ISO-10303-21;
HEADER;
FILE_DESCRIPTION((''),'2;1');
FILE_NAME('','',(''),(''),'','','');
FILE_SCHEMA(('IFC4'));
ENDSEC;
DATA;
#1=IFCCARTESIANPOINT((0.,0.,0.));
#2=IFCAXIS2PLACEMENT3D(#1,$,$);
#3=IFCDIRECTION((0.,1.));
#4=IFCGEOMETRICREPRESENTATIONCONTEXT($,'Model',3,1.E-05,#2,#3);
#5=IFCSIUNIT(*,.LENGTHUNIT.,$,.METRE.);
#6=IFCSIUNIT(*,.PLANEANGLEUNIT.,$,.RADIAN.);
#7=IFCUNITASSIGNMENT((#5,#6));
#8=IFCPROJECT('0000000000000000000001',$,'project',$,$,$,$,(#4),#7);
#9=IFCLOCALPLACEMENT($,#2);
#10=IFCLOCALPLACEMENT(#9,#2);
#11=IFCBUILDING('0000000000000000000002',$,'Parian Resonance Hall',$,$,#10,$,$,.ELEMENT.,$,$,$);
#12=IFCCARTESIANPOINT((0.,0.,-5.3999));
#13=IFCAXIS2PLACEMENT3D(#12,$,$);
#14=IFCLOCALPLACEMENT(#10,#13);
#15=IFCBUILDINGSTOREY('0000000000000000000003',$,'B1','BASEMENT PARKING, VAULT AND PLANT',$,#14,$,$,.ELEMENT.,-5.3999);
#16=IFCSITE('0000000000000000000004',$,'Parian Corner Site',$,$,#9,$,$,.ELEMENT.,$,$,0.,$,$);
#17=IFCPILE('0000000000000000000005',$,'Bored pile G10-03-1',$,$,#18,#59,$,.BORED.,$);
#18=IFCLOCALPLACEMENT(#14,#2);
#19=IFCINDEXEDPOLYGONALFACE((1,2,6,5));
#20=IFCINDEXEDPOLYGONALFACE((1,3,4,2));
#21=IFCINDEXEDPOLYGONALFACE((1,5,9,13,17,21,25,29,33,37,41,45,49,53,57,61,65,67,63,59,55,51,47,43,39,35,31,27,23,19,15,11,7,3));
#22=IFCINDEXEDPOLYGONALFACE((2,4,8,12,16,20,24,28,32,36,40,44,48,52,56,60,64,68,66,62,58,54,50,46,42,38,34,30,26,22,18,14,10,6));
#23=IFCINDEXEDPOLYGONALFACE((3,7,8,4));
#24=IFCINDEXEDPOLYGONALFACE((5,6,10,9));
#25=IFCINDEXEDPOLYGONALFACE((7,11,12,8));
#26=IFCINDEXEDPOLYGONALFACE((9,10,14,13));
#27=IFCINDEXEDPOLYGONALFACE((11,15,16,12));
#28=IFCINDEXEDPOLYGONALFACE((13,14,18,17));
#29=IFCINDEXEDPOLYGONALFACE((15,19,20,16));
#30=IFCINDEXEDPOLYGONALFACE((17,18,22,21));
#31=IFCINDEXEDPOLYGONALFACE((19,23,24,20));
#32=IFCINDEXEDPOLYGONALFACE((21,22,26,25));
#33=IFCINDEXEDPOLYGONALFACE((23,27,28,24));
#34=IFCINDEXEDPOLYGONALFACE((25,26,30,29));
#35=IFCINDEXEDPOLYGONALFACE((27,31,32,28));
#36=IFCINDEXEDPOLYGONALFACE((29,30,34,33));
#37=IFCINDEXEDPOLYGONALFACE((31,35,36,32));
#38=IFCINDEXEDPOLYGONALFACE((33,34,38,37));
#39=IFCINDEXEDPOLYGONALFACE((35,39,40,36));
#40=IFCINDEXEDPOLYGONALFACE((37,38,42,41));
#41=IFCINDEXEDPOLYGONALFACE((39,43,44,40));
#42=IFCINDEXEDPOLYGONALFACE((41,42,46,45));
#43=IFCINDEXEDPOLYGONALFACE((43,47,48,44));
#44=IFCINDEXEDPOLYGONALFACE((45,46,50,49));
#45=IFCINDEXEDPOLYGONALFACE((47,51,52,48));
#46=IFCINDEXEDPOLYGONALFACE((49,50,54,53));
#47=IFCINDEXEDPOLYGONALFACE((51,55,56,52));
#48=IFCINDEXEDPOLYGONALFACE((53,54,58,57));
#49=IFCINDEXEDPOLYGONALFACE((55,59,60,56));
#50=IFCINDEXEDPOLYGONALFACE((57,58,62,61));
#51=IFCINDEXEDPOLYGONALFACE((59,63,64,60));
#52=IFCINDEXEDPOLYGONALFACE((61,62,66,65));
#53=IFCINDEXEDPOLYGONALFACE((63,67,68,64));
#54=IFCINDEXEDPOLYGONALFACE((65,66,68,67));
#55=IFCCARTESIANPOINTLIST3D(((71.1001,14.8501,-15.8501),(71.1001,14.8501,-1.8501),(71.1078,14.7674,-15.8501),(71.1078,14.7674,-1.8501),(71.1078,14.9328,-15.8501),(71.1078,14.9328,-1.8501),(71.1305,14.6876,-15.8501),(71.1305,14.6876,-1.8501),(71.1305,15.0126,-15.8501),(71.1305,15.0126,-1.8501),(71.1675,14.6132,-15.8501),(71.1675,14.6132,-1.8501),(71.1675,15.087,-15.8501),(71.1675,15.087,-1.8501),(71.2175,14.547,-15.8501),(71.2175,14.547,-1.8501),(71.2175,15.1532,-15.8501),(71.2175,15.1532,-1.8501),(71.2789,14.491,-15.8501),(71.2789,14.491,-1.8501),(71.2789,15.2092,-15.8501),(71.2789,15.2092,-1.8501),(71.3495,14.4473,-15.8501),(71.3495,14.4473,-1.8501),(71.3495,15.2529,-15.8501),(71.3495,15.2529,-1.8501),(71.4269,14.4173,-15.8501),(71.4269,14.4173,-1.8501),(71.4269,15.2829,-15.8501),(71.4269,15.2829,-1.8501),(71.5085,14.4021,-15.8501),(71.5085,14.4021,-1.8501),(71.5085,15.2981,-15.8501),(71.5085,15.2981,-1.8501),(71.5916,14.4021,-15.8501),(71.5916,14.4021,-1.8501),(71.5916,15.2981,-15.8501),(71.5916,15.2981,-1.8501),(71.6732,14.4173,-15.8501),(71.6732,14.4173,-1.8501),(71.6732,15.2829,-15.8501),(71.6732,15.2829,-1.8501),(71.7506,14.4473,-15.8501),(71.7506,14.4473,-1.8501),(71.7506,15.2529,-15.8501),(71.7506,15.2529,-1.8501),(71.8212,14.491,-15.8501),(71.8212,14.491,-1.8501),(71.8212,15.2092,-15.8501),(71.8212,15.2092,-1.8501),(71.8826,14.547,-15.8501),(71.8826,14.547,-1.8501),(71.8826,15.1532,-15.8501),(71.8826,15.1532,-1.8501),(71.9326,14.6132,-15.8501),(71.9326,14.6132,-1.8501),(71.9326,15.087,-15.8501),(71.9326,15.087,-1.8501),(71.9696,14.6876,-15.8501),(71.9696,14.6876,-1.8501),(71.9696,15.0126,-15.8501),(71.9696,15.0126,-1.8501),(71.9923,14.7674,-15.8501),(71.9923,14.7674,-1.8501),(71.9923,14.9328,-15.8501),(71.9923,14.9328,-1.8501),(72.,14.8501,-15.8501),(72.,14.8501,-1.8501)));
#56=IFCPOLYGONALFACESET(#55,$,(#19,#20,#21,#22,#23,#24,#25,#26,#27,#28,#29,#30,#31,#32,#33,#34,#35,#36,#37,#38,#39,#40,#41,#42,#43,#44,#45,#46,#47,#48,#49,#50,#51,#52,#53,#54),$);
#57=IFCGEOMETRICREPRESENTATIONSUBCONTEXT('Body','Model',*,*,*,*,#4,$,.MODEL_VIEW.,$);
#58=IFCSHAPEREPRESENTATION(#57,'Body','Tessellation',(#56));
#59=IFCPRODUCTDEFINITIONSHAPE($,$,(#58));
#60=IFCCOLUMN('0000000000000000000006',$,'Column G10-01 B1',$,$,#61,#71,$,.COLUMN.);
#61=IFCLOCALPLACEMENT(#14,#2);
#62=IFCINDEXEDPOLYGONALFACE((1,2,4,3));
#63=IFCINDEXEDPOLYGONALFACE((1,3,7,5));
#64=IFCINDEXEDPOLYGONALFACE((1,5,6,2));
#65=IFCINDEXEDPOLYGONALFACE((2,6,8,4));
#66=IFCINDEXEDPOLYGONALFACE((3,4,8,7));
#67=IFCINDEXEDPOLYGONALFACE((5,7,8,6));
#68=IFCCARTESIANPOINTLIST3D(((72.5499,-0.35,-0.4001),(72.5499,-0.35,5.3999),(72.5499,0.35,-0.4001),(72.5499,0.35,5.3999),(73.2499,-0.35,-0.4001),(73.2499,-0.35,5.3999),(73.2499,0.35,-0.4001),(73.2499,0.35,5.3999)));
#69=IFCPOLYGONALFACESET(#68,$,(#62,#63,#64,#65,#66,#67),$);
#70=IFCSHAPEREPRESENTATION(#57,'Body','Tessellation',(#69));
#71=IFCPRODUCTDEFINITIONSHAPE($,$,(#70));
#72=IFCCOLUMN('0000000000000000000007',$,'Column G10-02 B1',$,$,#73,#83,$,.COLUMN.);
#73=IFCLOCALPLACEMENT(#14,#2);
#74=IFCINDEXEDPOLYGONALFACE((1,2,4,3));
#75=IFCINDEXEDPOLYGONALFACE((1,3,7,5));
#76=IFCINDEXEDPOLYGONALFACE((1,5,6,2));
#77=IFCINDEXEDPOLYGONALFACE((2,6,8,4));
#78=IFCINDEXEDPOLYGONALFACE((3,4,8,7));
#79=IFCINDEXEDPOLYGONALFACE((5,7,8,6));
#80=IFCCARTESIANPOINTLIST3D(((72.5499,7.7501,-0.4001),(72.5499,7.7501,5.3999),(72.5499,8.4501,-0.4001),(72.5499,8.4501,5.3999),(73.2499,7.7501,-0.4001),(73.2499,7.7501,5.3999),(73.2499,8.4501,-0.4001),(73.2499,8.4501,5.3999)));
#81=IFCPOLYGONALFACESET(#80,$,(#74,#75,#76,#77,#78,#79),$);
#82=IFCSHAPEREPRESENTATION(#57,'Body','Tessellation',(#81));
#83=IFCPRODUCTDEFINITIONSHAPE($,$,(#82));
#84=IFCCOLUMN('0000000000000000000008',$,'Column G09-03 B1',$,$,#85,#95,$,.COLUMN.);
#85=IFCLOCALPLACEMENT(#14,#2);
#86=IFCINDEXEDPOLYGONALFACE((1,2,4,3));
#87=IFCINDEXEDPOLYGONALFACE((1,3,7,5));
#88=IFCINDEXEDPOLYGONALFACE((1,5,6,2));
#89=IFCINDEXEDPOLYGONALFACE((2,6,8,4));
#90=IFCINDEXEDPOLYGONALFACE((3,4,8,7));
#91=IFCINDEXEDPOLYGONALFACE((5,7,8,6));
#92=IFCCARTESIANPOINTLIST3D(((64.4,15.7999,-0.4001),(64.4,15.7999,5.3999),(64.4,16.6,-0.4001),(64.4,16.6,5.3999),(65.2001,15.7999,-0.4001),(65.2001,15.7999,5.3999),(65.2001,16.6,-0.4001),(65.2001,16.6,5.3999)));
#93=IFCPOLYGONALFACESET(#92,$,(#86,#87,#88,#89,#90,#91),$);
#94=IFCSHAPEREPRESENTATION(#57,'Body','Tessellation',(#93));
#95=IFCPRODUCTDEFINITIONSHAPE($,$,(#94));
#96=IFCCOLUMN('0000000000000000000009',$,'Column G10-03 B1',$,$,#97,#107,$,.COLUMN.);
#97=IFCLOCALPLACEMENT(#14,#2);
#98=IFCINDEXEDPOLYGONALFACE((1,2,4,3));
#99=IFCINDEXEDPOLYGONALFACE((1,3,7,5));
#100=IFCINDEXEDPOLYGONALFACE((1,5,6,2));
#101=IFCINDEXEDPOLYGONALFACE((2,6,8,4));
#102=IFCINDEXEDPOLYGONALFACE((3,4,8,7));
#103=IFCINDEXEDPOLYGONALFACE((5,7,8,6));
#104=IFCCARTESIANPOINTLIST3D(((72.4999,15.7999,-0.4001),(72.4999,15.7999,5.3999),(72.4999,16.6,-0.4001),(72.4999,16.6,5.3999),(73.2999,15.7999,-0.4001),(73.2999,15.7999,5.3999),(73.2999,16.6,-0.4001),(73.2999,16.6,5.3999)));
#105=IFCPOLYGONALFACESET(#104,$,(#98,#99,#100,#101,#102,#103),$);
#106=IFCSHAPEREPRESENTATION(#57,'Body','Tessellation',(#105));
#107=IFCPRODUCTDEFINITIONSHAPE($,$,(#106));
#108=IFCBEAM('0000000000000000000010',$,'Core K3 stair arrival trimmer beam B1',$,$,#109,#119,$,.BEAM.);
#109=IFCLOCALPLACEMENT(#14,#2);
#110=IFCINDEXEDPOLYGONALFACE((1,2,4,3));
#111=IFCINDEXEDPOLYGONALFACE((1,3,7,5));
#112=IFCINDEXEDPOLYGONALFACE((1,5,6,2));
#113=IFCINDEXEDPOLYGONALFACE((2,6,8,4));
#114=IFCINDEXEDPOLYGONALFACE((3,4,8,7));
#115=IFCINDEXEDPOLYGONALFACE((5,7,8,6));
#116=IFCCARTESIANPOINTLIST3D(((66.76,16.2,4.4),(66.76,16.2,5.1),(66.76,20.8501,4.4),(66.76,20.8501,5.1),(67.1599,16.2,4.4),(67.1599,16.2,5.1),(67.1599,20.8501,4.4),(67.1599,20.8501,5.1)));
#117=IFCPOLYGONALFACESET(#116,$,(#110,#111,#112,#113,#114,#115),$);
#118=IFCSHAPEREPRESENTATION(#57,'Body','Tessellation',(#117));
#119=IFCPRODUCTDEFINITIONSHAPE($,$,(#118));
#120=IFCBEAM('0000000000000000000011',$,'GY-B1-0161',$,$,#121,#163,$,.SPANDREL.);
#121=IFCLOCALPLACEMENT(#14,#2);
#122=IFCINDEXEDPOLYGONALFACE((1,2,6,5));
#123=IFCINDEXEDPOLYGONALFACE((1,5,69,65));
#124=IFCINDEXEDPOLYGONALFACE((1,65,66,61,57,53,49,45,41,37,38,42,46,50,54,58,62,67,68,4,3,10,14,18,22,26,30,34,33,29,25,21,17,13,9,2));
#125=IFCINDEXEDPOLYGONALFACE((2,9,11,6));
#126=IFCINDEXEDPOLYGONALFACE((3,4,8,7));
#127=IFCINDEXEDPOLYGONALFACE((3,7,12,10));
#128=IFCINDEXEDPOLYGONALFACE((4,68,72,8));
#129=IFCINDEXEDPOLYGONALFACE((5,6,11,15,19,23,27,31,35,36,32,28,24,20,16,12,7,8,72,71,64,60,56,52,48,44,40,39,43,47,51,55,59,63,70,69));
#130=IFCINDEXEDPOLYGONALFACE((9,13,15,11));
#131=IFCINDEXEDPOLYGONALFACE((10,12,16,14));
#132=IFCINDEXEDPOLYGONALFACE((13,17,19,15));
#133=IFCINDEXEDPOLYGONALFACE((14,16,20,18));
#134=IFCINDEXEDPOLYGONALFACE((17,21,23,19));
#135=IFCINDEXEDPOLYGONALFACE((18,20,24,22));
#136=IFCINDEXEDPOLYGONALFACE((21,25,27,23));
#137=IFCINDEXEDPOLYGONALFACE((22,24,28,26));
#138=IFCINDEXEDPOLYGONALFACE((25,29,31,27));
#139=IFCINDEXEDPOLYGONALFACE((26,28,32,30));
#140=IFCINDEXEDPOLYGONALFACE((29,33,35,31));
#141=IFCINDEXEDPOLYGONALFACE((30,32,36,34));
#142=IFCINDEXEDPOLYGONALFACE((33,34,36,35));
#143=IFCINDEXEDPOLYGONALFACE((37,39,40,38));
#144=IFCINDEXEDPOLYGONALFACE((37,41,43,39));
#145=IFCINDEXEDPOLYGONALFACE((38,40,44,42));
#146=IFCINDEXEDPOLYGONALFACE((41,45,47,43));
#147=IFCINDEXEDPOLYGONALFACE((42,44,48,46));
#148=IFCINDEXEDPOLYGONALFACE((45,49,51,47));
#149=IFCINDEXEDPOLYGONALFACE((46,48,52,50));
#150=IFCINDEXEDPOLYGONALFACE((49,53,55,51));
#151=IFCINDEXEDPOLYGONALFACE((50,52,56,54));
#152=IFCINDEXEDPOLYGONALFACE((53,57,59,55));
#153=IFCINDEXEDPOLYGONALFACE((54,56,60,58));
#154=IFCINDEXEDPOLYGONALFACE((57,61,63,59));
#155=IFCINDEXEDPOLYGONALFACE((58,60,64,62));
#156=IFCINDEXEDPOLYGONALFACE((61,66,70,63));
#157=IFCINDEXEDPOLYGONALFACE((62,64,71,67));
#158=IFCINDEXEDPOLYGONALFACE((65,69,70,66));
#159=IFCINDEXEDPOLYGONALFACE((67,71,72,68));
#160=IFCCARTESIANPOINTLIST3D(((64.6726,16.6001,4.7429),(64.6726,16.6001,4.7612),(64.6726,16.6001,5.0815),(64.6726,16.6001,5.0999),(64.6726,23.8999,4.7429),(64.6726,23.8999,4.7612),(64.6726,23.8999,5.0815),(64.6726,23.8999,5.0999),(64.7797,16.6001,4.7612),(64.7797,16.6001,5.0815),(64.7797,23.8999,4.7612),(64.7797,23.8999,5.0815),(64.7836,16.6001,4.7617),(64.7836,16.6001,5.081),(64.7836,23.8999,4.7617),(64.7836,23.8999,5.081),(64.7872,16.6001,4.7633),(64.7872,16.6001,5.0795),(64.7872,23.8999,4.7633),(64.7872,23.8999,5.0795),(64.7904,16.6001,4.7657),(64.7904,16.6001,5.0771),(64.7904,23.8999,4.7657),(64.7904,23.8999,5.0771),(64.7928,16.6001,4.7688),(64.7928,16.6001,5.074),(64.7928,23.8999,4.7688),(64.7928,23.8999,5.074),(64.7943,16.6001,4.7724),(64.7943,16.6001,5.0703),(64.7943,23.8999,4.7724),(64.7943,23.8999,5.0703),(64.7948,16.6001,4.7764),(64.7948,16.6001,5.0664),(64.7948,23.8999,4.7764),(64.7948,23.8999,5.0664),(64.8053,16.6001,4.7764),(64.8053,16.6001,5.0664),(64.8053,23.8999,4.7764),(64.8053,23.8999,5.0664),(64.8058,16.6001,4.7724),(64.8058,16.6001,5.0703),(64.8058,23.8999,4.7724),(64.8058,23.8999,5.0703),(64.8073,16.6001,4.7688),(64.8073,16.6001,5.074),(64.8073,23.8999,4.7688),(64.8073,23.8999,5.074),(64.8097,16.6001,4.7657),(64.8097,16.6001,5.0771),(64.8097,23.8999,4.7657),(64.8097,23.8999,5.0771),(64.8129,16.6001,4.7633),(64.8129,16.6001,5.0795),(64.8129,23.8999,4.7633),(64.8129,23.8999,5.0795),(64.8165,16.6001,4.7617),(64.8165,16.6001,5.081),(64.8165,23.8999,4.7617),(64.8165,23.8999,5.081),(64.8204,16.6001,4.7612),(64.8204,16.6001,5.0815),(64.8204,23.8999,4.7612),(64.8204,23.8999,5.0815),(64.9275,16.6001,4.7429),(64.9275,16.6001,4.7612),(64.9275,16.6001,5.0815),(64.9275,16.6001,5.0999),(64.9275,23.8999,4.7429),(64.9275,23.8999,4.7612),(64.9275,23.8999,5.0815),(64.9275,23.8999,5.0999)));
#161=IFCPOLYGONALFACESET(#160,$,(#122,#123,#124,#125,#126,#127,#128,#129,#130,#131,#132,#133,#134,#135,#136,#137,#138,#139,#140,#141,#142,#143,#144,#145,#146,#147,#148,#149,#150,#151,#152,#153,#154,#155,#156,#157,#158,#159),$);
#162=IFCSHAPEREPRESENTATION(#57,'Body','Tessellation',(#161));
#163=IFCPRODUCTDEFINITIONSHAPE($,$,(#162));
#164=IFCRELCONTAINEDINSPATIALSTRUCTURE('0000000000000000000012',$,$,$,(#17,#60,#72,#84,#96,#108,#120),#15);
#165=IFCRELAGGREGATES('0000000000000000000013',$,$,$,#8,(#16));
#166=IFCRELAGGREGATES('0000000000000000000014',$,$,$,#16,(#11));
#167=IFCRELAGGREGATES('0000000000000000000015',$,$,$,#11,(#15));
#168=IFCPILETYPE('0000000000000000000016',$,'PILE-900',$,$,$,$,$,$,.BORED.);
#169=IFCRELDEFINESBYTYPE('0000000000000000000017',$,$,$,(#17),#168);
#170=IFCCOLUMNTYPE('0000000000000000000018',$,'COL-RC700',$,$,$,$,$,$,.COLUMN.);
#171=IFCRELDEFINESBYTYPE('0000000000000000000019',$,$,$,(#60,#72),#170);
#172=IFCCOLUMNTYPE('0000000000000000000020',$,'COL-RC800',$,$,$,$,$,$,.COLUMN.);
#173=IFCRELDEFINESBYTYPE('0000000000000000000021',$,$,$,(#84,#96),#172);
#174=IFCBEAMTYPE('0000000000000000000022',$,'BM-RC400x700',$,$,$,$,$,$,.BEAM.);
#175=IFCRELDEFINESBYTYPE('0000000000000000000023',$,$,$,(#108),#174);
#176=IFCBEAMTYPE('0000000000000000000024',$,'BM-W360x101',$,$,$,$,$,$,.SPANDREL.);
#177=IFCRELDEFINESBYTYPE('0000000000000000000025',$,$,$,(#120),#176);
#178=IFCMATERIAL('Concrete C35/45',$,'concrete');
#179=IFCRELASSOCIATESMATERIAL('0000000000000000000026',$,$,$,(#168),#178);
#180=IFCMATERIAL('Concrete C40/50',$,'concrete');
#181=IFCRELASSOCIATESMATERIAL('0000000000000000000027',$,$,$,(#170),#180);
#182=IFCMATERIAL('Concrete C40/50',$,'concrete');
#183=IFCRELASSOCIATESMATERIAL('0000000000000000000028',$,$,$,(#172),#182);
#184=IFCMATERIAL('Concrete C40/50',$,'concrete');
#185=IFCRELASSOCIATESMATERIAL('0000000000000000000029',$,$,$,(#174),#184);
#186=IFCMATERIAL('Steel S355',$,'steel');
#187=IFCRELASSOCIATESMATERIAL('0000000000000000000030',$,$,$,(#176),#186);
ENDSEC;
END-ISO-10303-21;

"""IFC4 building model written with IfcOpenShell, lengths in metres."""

from ifc_helpers import new_model, si_unit, direction, frame, origin, origin_2d, place, context, subcontext, project, spatial, rectangle, circle, i_section, extrude, material, material_profile, profile_set, type_object, element, save


model = new_model("IFC4")

# Units and contexts
model_context = context("Model", 3, precision=1e-05, world=origin(), true_north=direction((0.0, 1.0)))
body_context = subcontext(model_context, "Body", "Model", "MODEL_VIEW")
ifc_project = project(units=[si_unit("LENGTHUNIT", "METRE"), si_unit("PLANEANGLEUNIT", "RADIAN")], contexts=[model_context])

# Site, building, storey
site_placement = place(None, origin())
site = spatial("IfcSite", under=ifc_project, at=site_placement, Name="Parian Corner Site", CompositionType="ELEMENT", RefElevation=0.0)
building_placement = place(site_placement, origin())
building = spatial("IfcBuilding", under=site, at=building_placement, Name="Parian Resonance Hall", CompositionType="ELEMENT")
storey_placement = place(building_placement, frame((0.0, 0.0, -5.3999)))
storey = spatial("IfcBuildingStorey", under=building, at=storey_placement, Name="B1", Description="BASEMENT PARKING, VAULT AND PLANT", CompositionType="ELEMENT", Elevation=-5.3999)

# Pile
ifc_material_1 = material(Name="Concrete C35/45", Category="concrete")
ifc_material_profile_1 = material_profile(ifc_material_1, circle(Radius=0.45, at=origin_2d()), Name="PILE-D900")
ifc_profile_set_1 = profile_set([ifc_material_profile_1], Name="Concrete C35/45")
pile_type_1 = type_object("IfcPileType", Name="PILE-900", PredefinedType="BORED", material=ifc_profile_set_1)
for number, where, z_axis, x_axis, name in (
    (1, (71.55, 14.8501, -1.8501), (0.0, 0.0, -1.0), (1.0, 0.0, 0.0), "Bored pile G10-03-1"),
):
    element("IfcPile", number, at=place(storey_placement, frame(where, z_axis=z_axis, x_axis=x_axis)), inside=storey, type_object=pile_type_1, Name=name, PredefinedType="BORED", context=body_context, shape_type="SweptSolid", body=[
        extrude(circle(Radius=0.45, at=origin_2d()), origin(), (0.0, 0.0, 1.0), 14.0),
    ])

# Columns
ifc_material_2 = material(Name="Concrete C40/50", Category="concrete")
ifc_material_profile_2 = material_profile(ifc_material_2, rectangle(XDim=0.7, YDim=0.7, at=origin_2d()), Name="RC-COL-700x700")
ifc_profile_set_2 = profile_set([ifc_material_profile_2], Name="Concrete C40/50")
column_type_1 = type_object("IfcColumnType", Name="COL-RC700", PredefinedType="COLUMN", material=ifc_profile_set_2)
for number, where, z_axis, x_axis, name in (
    (2, (72.8999, 0.0, -0.4001), (0.0, 0.0, 1.0), (1.0, 0.0, 0.0), "Column G10-01 B1"),
    (3, (72.8999, 8.1001, -0.4001), (0.0, 0.0, 1.0), (1.0, 0.0, 0.0), "Column G10-02 B1"),
):
    element("IfcColumn", number, at=place(storey_placement, frame(where, z_axis=z_axis, x_axis=x_axis)), inside=storey, type_object=column_type_1, Name=name, PredefinedType="COLUMN", context=body_context, shape_type="SweptSolid", body=[
        extrude(rectangle(XDim=0.7, YDim=0.7, at=origin_2d()), origin(), (0.0, 0.0, 1.0), 5.8),
    ])
ifc_material_3 = material(Name="Concrete C40/50", Category="concrete")
ifc_material_profile_3 = material_profile(ifc_material_3, rectangle(XDim=0.8, YDim=0.8, at=origin_2d()), Name="RC-COL-800x800")
ifc_profile_set_3 = profile_set([ifc_material_profile_3], Name="Concrete C40/50")
column_type_2 = type_object("IfcColumnType", Name="COL-RC800", PredefinedType="COLUMN", material=ifc_profile_set_3)
for number, where, z_axis, x_axis, name in (
    (4, (64.8, 16.2, -0.4001), (0.0, 0.0, 1.0), (1.0, 0.0, 0.0), "Column G09-03 B1"),
    (5, (72.8999, 16.2, -0.4001), (0.0, 0.0, 1.0), (1.0, 0.0, 0.0), "Column G10-03 B1"),
):
    element("IfcColumn", number, at=place(storey_placement, frame(where, z_axis=z_axis, x_axis=x_axis)), inside=storey, type_object=column_type_2, Name=name, PredefinedType="COLUMN", context=body_context, shape_type="SweptSolid", body=[
        extrude(rectangle(XDim=0.8, YDim=0.8, at=origin_2d()), origin(), (0.0, 0.0, 1.0), 5.8),
    ])

# Beams
ifc_material_4 = material(Name="Concrete C40/50", Category="concrete")
ifc_material_profile_4 = material_profile(ifc_material_4, rectangle(XDim=0.3999, YDim=0.7, at=origin_2d()), Name="RC-BM-400x700")
ifc_profile_set_4 = profile_set([ifc_material_profile_4], Name="Concrete C40/50")
beam_type_1 = type_object("IfcBeamType", Name="BM-RC400x700", PredefinedType="BEAM", material=ifc_profile_set_4)
beam_1_placement = place(storey_placement, frame((66.96, 16.2, 4.75), z_axis=(0.0, 1.0, 0.0), x_axis=(-1.0, 0.0, 0.0)))
element("IfcBeam", 6, at=beam_1_placement, inside=storey, type_object=beam_type_1, Name="Core K3 stair arrival trimmer beam B1", PredefinedType="BEAM", context=body_context, shape_type="SweptSolid", body=[
    extrude(rectangle(XDim=0.3999, YDim=0.7, at=origin_2d()), origin(), (0.0, 0.0, 1.0), 4.6501),
])
ifc_material_5 = material(Name="Steel S355", Category="steel")
ifc_material_profile_5 = material_profile(ifc_material_5, i_section(OverallWidth=0.2549, OverallDepth=0.3569, WebThickness=0.0105, FlangeThickness=0.0183, FilletRadius=0.0151, at=origin_2d()), Name="W360x101")
ifc_profile_set_5 = profile_set([ifc_material_profile_5], Name="Steel S355")
beam_type_2 = type_object("IfcBeamType", Name="BM-W360x101", PredefinedType="SPANDREL", material=ifc_profile_set_5)
beam_2_placement = place(storey_placement, frame((64.8, 16.6001, 4.9214), z_axis=(0.0, 1.0, 0.0), x_axis=(-1.0, 0.0, 0.0)))
element("IfcBeam", 7, at=beam_2_placement, inside=storey, type_object=beam_type_2, Name="GY-B1-0161", PredefinedType="SPANDREL", context=body_context, shape_type="SweptSolid", body=[
    extrude(i_section(OverallWidth=0.2549, OverallDepth=0.3569, WebThickness=0.0105, FlangeThickness=0.0183, FilletRadius=0.0151, at=origin_2d()), origin(), (0.0, 0.0, 1.0), 7.2998),
])

save(model, "model.ifc")
